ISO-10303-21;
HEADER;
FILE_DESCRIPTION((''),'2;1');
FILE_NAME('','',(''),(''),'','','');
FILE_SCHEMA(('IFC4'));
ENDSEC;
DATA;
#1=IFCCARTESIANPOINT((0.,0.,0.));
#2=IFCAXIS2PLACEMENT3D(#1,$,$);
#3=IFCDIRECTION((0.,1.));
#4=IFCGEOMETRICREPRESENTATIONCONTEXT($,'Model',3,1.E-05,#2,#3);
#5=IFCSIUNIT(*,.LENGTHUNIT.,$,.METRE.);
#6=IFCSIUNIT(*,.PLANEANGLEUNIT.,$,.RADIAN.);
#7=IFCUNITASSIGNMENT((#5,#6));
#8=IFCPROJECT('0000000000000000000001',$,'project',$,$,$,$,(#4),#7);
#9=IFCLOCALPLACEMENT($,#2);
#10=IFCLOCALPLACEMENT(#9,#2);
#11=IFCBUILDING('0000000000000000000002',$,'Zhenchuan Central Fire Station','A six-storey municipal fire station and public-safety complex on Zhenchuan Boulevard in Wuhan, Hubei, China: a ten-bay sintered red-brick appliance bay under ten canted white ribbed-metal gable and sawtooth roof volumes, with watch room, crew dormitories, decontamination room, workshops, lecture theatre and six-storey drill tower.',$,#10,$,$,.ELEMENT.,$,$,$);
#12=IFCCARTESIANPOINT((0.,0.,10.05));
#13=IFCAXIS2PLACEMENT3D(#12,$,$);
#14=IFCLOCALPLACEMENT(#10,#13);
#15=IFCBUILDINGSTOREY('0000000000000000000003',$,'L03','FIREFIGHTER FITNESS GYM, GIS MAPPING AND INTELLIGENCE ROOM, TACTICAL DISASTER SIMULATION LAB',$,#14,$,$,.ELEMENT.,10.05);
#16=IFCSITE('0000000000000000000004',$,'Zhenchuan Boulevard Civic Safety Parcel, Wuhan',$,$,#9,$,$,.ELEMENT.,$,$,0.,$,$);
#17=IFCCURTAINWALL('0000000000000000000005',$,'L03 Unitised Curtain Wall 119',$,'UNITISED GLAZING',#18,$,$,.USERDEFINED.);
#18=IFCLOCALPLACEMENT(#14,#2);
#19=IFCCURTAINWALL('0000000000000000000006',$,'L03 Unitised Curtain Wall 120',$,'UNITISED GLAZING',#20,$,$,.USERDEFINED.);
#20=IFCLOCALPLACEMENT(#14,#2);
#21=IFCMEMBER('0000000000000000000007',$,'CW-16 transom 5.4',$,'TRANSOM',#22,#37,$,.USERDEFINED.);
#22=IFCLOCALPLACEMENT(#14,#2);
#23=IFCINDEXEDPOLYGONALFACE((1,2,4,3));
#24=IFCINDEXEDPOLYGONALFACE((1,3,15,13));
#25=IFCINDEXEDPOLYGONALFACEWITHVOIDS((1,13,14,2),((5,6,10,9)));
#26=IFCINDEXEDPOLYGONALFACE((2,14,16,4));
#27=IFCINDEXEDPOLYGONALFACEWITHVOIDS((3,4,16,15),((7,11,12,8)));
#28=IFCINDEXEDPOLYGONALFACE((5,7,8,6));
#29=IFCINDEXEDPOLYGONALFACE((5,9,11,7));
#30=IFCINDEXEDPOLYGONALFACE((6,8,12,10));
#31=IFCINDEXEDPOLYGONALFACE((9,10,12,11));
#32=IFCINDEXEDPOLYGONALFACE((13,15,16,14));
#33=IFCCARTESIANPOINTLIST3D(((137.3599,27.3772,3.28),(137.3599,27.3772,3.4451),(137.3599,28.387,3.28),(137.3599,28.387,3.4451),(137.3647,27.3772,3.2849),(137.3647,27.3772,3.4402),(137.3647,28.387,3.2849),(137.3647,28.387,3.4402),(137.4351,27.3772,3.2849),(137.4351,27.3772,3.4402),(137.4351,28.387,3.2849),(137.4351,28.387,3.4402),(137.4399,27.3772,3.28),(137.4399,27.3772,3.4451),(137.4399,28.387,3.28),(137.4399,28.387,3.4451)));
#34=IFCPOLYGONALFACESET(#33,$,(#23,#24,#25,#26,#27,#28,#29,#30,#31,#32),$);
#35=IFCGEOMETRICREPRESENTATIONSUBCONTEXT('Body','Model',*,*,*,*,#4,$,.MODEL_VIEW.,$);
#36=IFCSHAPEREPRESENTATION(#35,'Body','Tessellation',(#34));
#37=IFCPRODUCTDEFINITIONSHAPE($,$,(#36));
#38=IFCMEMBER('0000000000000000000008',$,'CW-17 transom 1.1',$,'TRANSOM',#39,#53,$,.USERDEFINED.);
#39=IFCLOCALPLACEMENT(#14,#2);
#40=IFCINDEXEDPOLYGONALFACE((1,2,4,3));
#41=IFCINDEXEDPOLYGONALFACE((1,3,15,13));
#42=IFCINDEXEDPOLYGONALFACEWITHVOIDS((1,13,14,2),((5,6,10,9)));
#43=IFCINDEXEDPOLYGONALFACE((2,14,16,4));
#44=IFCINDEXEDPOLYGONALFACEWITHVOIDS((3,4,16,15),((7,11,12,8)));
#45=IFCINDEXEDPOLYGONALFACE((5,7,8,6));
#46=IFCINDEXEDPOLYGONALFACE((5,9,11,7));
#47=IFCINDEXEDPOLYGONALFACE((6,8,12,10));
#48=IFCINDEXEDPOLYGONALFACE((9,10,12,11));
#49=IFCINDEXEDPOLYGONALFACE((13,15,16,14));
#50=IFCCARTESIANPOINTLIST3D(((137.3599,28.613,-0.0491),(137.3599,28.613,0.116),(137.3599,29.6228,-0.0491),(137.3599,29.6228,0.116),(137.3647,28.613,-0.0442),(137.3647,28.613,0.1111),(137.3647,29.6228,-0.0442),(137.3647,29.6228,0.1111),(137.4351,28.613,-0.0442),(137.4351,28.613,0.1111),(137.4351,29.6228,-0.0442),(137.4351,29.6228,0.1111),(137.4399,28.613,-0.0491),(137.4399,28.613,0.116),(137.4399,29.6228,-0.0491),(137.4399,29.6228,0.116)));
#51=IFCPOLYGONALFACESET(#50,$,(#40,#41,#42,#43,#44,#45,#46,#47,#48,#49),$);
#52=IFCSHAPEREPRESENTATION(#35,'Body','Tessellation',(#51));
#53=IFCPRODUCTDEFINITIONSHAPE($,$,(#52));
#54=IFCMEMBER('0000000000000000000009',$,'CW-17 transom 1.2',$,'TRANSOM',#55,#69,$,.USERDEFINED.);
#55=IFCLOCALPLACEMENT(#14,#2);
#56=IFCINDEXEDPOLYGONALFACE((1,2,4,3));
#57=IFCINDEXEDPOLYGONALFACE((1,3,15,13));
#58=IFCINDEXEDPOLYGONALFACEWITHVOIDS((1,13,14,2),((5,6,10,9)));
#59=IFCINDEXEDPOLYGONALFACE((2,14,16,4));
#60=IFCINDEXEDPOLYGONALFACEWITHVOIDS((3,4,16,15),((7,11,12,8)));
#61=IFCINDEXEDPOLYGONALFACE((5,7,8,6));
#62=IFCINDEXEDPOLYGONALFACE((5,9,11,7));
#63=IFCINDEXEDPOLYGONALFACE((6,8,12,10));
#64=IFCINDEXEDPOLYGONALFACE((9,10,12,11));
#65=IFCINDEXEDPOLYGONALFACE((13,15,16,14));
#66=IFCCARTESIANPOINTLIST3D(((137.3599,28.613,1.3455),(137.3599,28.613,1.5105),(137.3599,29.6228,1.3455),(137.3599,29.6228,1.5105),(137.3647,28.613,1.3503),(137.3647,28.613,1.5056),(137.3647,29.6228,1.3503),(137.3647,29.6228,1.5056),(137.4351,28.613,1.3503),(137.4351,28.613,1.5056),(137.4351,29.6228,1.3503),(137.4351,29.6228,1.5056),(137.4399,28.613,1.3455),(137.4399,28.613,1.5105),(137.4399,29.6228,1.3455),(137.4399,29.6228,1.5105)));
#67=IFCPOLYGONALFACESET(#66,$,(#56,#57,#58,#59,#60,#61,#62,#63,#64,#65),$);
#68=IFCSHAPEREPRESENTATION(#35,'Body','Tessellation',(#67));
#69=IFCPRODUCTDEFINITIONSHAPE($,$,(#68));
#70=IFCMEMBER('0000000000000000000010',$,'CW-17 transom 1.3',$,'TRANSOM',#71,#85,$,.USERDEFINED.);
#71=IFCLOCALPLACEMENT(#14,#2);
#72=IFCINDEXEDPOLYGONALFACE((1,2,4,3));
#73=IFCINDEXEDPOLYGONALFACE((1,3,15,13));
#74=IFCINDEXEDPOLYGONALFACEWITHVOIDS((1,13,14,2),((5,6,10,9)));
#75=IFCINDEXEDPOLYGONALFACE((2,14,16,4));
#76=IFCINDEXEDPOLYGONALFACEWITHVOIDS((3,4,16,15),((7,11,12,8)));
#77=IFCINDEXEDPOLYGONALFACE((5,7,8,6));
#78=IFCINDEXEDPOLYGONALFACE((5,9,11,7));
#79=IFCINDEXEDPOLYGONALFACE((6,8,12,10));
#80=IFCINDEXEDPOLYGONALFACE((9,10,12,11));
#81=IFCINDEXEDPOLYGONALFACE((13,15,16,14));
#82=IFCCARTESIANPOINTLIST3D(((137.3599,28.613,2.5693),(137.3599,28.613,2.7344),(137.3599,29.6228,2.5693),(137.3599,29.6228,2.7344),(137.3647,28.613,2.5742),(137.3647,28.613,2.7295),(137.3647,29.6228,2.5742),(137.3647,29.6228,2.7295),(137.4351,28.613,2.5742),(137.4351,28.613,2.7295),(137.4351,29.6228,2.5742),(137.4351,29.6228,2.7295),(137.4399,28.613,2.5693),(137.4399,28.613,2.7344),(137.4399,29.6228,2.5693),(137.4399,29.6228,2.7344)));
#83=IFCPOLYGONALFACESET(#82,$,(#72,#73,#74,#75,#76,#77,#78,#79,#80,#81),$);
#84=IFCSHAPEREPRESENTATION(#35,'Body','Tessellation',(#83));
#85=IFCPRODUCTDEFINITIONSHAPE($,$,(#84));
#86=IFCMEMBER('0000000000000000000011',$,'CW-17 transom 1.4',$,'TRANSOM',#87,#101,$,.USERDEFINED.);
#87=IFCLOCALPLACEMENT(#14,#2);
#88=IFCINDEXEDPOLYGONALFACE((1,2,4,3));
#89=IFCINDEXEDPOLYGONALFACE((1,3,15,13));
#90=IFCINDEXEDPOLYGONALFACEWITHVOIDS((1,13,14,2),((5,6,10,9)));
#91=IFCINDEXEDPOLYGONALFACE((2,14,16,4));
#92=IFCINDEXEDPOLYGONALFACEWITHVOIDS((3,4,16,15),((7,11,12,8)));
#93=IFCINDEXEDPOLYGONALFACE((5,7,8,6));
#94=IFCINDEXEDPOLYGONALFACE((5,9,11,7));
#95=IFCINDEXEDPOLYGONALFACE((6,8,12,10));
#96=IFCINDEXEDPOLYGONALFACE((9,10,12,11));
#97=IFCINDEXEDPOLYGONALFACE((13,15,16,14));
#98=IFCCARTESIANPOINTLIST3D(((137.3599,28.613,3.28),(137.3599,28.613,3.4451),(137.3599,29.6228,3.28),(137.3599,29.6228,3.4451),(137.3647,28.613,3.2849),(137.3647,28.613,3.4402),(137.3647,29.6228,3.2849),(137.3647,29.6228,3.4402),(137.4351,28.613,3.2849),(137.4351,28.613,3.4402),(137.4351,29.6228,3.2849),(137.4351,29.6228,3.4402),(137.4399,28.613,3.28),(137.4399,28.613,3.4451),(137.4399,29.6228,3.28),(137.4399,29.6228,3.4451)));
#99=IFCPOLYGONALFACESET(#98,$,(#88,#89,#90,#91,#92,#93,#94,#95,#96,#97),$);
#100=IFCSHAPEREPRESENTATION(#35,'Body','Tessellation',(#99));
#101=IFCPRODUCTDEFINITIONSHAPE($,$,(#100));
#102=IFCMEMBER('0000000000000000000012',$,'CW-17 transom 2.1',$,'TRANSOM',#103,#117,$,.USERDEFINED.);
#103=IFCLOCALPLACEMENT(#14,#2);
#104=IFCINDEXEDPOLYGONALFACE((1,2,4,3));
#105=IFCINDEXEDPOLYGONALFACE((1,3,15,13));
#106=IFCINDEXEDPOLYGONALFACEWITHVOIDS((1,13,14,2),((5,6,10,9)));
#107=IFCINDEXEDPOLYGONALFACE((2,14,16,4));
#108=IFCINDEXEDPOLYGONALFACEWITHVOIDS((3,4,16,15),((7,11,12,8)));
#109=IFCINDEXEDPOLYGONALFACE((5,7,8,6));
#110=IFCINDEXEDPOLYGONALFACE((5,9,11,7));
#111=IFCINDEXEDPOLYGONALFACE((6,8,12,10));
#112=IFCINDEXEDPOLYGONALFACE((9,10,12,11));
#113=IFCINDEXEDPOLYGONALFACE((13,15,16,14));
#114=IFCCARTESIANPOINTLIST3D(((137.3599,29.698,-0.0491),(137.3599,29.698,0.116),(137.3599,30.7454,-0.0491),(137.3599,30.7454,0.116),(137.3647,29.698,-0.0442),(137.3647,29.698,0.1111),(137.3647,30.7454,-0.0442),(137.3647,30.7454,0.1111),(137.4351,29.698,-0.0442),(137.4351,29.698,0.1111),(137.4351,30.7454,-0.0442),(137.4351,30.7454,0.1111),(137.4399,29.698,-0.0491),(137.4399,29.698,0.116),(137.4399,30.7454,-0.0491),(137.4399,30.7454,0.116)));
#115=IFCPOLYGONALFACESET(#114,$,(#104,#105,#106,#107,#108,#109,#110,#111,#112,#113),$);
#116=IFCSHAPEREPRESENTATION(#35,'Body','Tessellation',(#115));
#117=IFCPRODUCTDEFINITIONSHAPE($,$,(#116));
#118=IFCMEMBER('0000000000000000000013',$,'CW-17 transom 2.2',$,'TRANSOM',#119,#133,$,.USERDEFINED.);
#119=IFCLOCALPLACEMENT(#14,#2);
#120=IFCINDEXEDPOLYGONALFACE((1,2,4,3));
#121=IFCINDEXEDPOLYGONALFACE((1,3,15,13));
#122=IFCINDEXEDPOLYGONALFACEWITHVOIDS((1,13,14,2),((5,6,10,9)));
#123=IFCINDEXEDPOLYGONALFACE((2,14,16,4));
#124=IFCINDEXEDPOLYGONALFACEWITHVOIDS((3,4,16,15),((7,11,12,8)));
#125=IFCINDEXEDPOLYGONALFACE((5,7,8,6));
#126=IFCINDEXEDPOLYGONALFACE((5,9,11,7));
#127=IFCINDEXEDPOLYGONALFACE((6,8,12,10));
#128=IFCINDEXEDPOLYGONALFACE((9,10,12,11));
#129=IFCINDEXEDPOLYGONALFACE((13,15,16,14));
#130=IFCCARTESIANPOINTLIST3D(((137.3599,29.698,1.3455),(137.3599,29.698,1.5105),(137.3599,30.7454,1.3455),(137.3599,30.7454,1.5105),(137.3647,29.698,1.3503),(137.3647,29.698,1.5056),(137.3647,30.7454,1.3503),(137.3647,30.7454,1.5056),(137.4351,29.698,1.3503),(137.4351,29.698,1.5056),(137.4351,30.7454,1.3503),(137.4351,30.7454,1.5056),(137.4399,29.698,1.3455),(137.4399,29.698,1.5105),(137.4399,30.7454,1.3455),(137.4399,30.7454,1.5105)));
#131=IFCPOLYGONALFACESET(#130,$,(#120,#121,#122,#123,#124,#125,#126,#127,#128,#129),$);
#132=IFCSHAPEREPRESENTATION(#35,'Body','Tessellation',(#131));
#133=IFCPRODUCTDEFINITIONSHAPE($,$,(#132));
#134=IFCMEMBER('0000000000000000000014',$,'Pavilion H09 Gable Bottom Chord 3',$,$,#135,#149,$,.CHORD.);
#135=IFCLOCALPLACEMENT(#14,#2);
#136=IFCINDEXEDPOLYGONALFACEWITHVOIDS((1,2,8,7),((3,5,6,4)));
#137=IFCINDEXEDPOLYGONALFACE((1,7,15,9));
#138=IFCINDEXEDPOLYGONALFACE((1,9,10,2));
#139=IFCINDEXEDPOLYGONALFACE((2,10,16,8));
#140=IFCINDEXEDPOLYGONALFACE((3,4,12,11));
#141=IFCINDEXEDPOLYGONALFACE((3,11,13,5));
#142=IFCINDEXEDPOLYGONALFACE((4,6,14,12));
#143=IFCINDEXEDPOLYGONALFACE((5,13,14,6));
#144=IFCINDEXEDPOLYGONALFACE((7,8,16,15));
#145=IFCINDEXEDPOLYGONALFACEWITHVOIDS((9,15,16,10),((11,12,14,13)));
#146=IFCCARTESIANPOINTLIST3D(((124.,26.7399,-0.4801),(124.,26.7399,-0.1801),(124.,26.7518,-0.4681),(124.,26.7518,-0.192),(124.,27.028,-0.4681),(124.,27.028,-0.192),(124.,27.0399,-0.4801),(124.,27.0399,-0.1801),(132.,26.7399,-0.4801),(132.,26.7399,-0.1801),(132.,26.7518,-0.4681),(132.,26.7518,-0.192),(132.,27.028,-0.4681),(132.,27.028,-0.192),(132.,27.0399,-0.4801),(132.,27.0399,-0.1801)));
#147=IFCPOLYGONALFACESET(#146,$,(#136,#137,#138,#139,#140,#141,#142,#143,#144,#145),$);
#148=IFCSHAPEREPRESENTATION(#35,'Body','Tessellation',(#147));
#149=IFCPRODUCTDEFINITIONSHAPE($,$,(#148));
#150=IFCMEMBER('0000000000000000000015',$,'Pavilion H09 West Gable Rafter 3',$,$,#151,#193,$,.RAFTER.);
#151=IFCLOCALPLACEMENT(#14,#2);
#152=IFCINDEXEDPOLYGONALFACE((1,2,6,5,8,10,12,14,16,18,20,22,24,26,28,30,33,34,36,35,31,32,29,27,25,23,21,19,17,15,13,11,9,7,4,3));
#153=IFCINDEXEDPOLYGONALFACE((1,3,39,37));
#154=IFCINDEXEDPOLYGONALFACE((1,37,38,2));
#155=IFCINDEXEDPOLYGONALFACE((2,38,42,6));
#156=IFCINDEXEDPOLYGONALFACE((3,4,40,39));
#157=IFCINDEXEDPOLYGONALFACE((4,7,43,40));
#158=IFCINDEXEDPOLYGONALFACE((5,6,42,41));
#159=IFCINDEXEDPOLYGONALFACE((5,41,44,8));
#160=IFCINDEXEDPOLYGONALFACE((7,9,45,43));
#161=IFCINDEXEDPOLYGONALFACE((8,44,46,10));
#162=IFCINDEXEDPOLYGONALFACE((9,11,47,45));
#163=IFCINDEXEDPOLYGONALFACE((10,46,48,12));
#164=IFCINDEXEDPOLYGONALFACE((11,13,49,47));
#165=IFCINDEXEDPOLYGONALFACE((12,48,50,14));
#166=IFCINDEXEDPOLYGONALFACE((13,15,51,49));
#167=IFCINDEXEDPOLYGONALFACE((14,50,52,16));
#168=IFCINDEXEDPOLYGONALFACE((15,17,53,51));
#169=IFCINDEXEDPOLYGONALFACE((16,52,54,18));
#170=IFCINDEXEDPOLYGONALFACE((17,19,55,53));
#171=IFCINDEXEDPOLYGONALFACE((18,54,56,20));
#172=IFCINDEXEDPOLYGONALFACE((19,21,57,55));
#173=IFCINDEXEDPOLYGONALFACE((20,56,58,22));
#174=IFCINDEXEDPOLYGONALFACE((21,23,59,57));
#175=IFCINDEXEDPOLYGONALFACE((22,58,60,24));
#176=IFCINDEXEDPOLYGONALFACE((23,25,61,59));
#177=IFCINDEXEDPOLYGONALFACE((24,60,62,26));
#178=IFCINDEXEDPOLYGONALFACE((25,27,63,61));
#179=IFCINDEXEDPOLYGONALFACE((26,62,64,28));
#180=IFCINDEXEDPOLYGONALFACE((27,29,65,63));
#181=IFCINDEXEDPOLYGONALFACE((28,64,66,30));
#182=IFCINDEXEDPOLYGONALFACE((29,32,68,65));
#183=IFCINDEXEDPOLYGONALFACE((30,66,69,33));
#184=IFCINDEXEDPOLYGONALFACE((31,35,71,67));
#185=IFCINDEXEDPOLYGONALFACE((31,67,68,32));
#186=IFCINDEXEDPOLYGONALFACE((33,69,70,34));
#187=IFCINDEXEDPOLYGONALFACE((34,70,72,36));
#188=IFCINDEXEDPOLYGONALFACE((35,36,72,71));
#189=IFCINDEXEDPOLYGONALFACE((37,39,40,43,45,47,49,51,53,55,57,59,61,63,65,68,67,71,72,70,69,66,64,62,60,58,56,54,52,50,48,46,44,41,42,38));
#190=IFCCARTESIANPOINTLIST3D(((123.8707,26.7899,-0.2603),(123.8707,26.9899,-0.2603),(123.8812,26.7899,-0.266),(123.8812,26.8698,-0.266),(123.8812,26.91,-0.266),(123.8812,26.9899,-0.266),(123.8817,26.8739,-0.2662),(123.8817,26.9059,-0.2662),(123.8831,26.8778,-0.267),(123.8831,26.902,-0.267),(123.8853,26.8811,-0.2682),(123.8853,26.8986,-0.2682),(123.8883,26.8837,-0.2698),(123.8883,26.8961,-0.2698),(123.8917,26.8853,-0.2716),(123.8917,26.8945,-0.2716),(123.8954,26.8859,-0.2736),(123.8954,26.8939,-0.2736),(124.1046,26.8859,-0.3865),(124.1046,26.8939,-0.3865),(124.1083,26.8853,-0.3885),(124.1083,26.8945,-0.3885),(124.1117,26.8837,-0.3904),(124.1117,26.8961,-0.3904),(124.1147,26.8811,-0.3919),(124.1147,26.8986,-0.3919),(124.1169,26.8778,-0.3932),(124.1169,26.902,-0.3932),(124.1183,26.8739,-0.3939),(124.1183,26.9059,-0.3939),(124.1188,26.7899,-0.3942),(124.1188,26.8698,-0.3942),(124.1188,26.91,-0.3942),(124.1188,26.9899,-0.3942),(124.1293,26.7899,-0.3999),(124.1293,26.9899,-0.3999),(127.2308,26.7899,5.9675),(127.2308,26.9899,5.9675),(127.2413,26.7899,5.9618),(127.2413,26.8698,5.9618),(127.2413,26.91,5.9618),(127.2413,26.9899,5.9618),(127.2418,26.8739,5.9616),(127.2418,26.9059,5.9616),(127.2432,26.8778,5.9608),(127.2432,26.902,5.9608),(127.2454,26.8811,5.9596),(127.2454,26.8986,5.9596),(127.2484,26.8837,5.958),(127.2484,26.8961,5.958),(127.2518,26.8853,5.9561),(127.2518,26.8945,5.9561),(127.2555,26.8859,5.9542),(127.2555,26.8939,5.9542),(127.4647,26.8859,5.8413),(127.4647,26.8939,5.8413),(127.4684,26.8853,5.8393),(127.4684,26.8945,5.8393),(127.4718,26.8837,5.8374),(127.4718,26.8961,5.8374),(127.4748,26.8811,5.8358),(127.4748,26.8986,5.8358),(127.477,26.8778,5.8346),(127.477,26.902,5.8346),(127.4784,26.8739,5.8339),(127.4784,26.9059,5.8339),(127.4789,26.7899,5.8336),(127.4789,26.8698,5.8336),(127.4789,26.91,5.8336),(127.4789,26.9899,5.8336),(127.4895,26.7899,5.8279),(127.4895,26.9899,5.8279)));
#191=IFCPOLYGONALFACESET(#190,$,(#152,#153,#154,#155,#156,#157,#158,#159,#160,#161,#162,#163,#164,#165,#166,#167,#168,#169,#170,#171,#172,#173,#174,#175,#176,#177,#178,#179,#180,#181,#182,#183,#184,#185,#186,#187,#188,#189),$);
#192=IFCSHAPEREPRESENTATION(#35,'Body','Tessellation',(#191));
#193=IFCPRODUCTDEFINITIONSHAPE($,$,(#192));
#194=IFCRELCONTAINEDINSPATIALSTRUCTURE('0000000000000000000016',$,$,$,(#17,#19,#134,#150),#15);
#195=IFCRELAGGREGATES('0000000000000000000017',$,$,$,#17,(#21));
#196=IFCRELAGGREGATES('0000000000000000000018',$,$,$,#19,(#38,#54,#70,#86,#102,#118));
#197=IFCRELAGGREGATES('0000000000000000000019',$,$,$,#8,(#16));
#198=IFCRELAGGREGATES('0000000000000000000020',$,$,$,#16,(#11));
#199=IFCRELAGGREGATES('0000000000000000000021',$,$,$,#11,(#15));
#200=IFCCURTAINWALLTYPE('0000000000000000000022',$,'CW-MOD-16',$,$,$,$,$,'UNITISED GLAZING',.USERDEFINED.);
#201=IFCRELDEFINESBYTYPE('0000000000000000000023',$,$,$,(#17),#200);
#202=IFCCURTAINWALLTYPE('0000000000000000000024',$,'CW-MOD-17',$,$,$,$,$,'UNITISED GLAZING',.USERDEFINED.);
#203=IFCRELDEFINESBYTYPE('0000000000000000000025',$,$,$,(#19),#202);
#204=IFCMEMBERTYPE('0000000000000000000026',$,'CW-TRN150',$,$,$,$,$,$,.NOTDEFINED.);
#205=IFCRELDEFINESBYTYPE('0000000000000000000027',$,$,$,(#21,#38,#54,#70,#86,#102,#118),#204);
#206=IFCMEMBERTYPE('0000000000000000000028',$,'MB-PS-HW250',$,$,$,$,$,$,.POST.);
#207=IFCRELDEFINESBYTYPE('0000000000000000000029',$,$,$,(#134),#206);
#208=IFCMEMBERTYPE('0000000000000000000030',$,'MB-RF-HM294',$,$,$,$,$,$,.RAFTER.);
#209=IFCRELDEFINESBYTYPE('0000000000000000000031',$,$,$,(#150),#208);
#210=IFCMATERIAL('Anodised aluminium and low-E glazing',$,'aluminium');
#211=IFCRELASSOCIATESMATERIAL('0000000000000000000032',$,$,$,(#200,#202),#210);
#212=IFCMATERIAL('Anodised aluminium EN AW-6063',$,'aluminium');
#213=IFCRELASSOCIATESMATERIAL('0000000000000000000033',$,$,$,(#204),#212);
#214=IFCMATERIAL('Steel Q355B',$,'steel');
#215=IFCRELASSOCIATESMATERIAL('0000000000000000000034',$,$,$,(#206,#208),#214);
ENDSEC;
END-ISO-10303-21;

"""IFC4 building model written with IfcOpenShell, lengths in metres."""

from ifc_helpers import new_model, si_unit, direction, frame, origin, origin_2d, place, context, subcontext, project, spatial, hollow_rectangle, i_section, extrude, material, material_profile, profile_set, type_object, element, aggregate, save


model = new_model("IFC4")

# Units and contexts
model_context = context("Model", 3, precision=1e-05, world=origin(), true_north=direction((0.0, 1.0)))
body_context = subcontext(model_context, "Body", "Model", "MODEL_VIEW")
ifc_project = project(units=[si_unit("LENGTHUNIT", "METRE"), si_unit("PLANEANGLEUNIT", "RADIAN")], contexts=[model_context])

# Site, building, storey
site_placement = place(None, origin())
site = spatial("IfcSite", under=ifc_project, at=site_placement, Name="Zhenchuan Boulevard Civic Safety Parcel, Wuhan", CompositionType="ELEMENT", RefElevation=0.0)
building_placement = place(site_placement, origin())
building = spatial("IfcBuilding", under=site, at=building_placement, Name="Zhenchuan Central Fire Station", Description="A six-storey municipal fire station and public-safety complex on Zhenchuan Boulevard in Wuhan, Hubei, China: a ten-bay sintered red-brick appliance bay under ten canted white ribbed-metal gable and sawtooth roof volumes, with watch room, crew dormitories, decontamination room, workshops, lecture theatre and six-storey drill tower.", CompositionType="ELEMENT")
storey_placement = place(building_placement, frame((0.0, 0.0, 10.05)))
storey = spatial("IfcBuildingStorey", under=building, at=storey_placement, Name="L03", Description="FIREFIGHTER FITNESS GYM, GIS MAPPING AND INTELLIGENCE ROOM, TACTICAL DISASTER SIMULATION LAB", CompositionType="ELEMENT", Elevation=10.05)

# Curtain walls
ifc_material_1 = material(Name="Anodised aluminium and low-E glazing", Category="aluminium")
curtain_wall_type_1 = type_object("IfcCurtainWallType", Name="CW-MOD-16", ElementType="UNITISED GLAZING", PredefinedType="USERDEFINED", material=ifc_material_1)
curtain_wall_1_placement = place(storey_placement, origin())
curtain_wall_1 = element("IfcCurtainWall", 1, at=curtain_wall_1_placement, inside=storey, type_object=curtain_wall_type_1, Name="L03 Unitised Curtain Wall 119", ObjectType="UNITISED GLAZING", PredefinedType="USERDEFINED")
ifc_material_2 = material(Name="Anodised aluminium EN AW-6063", Category="aluminium")
curtain_wall_type_2 = type_object("IfcCurtainWallType", Name="CW-MOD-17", ElementType="UNITISED GLAZING", PredefinedType="USERDEFINED", material=ifc_material_1)
curtain_wall_2_placement = place(storey_placement, origin())
curtain_wall_2 = element("IfcCurtainWall", 2, at=curtain_wall_2_placement, inside=storey, type_object=curtain_wall_type_2, Name="L03 Unitised Curtain Wall 120", ObjectType="UNITISED GLAZING", PredefinedType="USERDEFINED")

# Members
ifc_material_profile_1 = material_profile(ifc_material_2, hollow_rectangle(XDim=0.0801, YDim=0.165, WallThickness=0.0049, at=origin_2d()), Name="ALU-T 165x80")
ifc_profile_set_1 = profile_set([ifc_material_profile_1], Name="Anodised aluminium EN AW-6063")
member_type_1 = type_object("IfcMemberType", Name="CW-TRN150", PredefinedType="NOTDEFINED", material=ifc_profile_set_1)
member_1_placement = place(storey_placement, frame((137.3999, 27.3772, 3.3625), z_axis=(0.0, 1.0, 0.0), x_axis=(-1.0, 0.0, 0.0)))
member_1 = element("IfcMember", 3, at=member_1_placement, type_object=member_type_1, Name="CW-16 transom 5.4", ObjectType="TRANSOM", PredefinedType="USERDEFINED", context=body_context, shape_type="SweptSolid", body=[
    extrude(hollow_rectangle(XDim=0.0801, YDim=0.165, WallThickness=0.0049, at=origin_2d()), origin(), (0.0, 0.0, 1.0), 1.0098),
])
member_2_placement = place(storey_placement, frame((137.3999, 28.613, 0.0334), z_axis=(0.0, 1.0, 0.0), x_axis=(-1.0, 0.0, 0.0)))
member_2 = element("IfcMember", 4, at=member_2_placement, type_object=member_type_1, Name="CW-17 transom 1.1", ObjectType="TRANSOM", PredefinedType="USERDEFINED", context=body_context, shape_type="SweptSolid", body=[
    extrude(hollow_rectangle(XDim=0.0801, YDim=0.165, WallThickness=0.0049, at=origin_2d()), origin(), (0.0, 0.0, 1.0), 1.0098),
])
member_3_placement = place(storey_placement, frame((137.3999, 28.613, 1.428), z_axis=(0.0, 1.0, 0.0), x_axis=(-1.0, 0.0, 0.0)))
member_3 = element("IfcMember", 5, at=member_3_placement, type_object=member_type_1, Name="CW-17 transom 1.2", ObjectType="TRANSOM", PredefinedType="USERDEFINED", context=body_context, shape_type="SweptSolid", body=[
    extrude(hollow_rectangle(XDim=0.0801, YDim=0.165, WallThickness=0.0049, at=origin_2d()), origin(), (0.0, 0.0, 1.0), 1.0098),
])
member_4_placement = place(storey_placement, frame((137.3999, 28.613, 2.6519), z_axis=(0.0, 1.0, 0.0), x_axis=(-1.0, 0.0, 0.0)))
member_4 = element("IfcMember", 6, at=member_4_placement, type_object=member_type_1, Name="CW-17 transom 1.3", ObjectType="TRANSOM", PredefinedType="USERDEFINED", context=body_context, shape_type="SweptSolid", body=[
    extrude(hollow_rectangle(XDim=0.0801, YDim=0.165, WallThickness=0.0049, at=origin_2d()), origin(), (0.0, 0.0, 1.0), 1.0098),
])
member_5_placement = place(storey_placement, frame((137.3999, 28.613, 3.3625), z_axis=(0.0, 1.0, 0.0), x_axis=(-1.0, 0.0, 0.0)))
member_5 = element("IfcMember", 7, at=member_5_placement, type_object=member_type_1, Name="CW-17 transom 1.4", ObjectType="TRANSOM", PredefinedType="USERDEFINED", context=body_context, shape_type="SweptSolid", body=[
    extrude(hollow_rectangle(XDim=0.0801, YDim=0.165, WallThickness=0.0049, at=origin_2d()), origin(), (0.0, 0.0, 1.0), 1.0098),
])
member_6_placement = place(storey_placement, frame((137.3999, 29.698, 0.0334), z_axis=(0.0, 1.0, 0.0), x_axis=(-1.0, 0.0, 0.0)))
member_6 = element("IfcMember", 8, at=member_6_placement, type_object=member_type_1, Name="CW-17 transom 2.1", ObjectType="TRANSOM", PredefinedType="USERDEFINED", context=body_context, shape_type="SweptSolid", body=[
    extrude(hollow_rectangle(XDim=0.0801, YDim=0.165, WallThickness=0.0049, at=origin_2d()), origin(), (0.0, 0.0, 1.0), 1.0474),
])
member_7_placement = place(storey_placement, frame((137.3999, 29.698, 1.428), z_axis=(0.0, 1.0, 0.0), x_axis=(-1.0, 0.0, 0.0)))
member_7 = element("IfcMember", 9, at=member_7_placement, type_object=member_type_1, Name="CW-17 transom 2.2", ObjectType="TRANSOM", PredefinedType="USERDEFINED", context=body_context, shape_type="SweptSolid", body=[
    extrude(hollow_rectangle(XDim=0.0801, YDim=0.165, WallThickness=0.0049, at=origin_2d()), origin(), (0.0, 0.0, 1.0), 1.0474),
])

# Members
ifc_material_3 = material(Name="Steel Q355B", Category="steel")
ifc_material_profile_2 = material_profile(ifc_material_3, hollow_rectangle(XDim=0.3, YDim=0.3, WallThickness=0.012, at=origin_2d()), Name="SHS 300x300x12")
ifc_profile_set_2 = profile_set([ifc_material_profile_2], Name="Steel Q355B")
member_type_2 = type_object("IfcMemberType", Name="MB-PS-HW250", PredefinedType="POST", material=ifc_profile_set_2)
member_8_placement = place(storey_placement, frame((124.0, 26.8899, -0.3301), z_axis=(1.0, 0.0, 0.0), x_axis=(0.0, 1.0, 0.0)))
element("IfcMember", 10, at=member_8_placement, inside=storey, type_object=member_type_2, Name="Pavilion H09 Gable Bottom Chord 3", PredefinedType="CHORD", context=body_context, shape_type="SweptSolid", body=[
    extrude(hollow_rectangle(XDim=0.3, YDim=0.3, WallThickness=0.012, at=origin_2d()), origin(), (0.0, 0.0, 1.0), 8.0),
])
ifc_material_profile_3 = material_profile(ifc_material_3, i_section(OverallWidth=0.2, OverallDepth=0.2939, WebThickness=0.0081, FlangeThickness=0.012, FilletRadius=0.0161, at=origin_2d()), Name="HM 294x200")
ifc_profile_set_3 = profile_set([ifc_material_profile_3], Name="Steel Q355B")
member_type_3 = type_object("IfcMemberType", Name="MB-RF-HM294", PredefinedType="RAFTER", material=ifc_profile_set_3)
member_9_placement = place(storey_placement, frame((124.0, 26.8899, -0.3301), z_axis=(0.474832, 0.0, 0.880076), x_axis=(0.0, 1.0, 0.0)))
element("IfcMember", 11, at=member_9_placement, inside=storey, type_object=member_type_3, Name="Pavilion H09 West Gable Rafter 3", PredefinedType="RAFTER", context=body_context, shape_type="SweptSolid", body=[
    extrude(i_section(OverallWidth=0.2, OverallDepth=0.2939, WebThickness=0.0081, FlangeThickness=0.012, FilletRadius=0.0161, at=origin_2d()), origin(), (0.0, 0.0, 1.0), 7.0764),
])

aggregate(curtain_wall_1, [member_1])
aggregate(curtain_wall_2, [member_2, member_3, member_4, member_5, member_6, member_7])

save(model, "model.ifc")
